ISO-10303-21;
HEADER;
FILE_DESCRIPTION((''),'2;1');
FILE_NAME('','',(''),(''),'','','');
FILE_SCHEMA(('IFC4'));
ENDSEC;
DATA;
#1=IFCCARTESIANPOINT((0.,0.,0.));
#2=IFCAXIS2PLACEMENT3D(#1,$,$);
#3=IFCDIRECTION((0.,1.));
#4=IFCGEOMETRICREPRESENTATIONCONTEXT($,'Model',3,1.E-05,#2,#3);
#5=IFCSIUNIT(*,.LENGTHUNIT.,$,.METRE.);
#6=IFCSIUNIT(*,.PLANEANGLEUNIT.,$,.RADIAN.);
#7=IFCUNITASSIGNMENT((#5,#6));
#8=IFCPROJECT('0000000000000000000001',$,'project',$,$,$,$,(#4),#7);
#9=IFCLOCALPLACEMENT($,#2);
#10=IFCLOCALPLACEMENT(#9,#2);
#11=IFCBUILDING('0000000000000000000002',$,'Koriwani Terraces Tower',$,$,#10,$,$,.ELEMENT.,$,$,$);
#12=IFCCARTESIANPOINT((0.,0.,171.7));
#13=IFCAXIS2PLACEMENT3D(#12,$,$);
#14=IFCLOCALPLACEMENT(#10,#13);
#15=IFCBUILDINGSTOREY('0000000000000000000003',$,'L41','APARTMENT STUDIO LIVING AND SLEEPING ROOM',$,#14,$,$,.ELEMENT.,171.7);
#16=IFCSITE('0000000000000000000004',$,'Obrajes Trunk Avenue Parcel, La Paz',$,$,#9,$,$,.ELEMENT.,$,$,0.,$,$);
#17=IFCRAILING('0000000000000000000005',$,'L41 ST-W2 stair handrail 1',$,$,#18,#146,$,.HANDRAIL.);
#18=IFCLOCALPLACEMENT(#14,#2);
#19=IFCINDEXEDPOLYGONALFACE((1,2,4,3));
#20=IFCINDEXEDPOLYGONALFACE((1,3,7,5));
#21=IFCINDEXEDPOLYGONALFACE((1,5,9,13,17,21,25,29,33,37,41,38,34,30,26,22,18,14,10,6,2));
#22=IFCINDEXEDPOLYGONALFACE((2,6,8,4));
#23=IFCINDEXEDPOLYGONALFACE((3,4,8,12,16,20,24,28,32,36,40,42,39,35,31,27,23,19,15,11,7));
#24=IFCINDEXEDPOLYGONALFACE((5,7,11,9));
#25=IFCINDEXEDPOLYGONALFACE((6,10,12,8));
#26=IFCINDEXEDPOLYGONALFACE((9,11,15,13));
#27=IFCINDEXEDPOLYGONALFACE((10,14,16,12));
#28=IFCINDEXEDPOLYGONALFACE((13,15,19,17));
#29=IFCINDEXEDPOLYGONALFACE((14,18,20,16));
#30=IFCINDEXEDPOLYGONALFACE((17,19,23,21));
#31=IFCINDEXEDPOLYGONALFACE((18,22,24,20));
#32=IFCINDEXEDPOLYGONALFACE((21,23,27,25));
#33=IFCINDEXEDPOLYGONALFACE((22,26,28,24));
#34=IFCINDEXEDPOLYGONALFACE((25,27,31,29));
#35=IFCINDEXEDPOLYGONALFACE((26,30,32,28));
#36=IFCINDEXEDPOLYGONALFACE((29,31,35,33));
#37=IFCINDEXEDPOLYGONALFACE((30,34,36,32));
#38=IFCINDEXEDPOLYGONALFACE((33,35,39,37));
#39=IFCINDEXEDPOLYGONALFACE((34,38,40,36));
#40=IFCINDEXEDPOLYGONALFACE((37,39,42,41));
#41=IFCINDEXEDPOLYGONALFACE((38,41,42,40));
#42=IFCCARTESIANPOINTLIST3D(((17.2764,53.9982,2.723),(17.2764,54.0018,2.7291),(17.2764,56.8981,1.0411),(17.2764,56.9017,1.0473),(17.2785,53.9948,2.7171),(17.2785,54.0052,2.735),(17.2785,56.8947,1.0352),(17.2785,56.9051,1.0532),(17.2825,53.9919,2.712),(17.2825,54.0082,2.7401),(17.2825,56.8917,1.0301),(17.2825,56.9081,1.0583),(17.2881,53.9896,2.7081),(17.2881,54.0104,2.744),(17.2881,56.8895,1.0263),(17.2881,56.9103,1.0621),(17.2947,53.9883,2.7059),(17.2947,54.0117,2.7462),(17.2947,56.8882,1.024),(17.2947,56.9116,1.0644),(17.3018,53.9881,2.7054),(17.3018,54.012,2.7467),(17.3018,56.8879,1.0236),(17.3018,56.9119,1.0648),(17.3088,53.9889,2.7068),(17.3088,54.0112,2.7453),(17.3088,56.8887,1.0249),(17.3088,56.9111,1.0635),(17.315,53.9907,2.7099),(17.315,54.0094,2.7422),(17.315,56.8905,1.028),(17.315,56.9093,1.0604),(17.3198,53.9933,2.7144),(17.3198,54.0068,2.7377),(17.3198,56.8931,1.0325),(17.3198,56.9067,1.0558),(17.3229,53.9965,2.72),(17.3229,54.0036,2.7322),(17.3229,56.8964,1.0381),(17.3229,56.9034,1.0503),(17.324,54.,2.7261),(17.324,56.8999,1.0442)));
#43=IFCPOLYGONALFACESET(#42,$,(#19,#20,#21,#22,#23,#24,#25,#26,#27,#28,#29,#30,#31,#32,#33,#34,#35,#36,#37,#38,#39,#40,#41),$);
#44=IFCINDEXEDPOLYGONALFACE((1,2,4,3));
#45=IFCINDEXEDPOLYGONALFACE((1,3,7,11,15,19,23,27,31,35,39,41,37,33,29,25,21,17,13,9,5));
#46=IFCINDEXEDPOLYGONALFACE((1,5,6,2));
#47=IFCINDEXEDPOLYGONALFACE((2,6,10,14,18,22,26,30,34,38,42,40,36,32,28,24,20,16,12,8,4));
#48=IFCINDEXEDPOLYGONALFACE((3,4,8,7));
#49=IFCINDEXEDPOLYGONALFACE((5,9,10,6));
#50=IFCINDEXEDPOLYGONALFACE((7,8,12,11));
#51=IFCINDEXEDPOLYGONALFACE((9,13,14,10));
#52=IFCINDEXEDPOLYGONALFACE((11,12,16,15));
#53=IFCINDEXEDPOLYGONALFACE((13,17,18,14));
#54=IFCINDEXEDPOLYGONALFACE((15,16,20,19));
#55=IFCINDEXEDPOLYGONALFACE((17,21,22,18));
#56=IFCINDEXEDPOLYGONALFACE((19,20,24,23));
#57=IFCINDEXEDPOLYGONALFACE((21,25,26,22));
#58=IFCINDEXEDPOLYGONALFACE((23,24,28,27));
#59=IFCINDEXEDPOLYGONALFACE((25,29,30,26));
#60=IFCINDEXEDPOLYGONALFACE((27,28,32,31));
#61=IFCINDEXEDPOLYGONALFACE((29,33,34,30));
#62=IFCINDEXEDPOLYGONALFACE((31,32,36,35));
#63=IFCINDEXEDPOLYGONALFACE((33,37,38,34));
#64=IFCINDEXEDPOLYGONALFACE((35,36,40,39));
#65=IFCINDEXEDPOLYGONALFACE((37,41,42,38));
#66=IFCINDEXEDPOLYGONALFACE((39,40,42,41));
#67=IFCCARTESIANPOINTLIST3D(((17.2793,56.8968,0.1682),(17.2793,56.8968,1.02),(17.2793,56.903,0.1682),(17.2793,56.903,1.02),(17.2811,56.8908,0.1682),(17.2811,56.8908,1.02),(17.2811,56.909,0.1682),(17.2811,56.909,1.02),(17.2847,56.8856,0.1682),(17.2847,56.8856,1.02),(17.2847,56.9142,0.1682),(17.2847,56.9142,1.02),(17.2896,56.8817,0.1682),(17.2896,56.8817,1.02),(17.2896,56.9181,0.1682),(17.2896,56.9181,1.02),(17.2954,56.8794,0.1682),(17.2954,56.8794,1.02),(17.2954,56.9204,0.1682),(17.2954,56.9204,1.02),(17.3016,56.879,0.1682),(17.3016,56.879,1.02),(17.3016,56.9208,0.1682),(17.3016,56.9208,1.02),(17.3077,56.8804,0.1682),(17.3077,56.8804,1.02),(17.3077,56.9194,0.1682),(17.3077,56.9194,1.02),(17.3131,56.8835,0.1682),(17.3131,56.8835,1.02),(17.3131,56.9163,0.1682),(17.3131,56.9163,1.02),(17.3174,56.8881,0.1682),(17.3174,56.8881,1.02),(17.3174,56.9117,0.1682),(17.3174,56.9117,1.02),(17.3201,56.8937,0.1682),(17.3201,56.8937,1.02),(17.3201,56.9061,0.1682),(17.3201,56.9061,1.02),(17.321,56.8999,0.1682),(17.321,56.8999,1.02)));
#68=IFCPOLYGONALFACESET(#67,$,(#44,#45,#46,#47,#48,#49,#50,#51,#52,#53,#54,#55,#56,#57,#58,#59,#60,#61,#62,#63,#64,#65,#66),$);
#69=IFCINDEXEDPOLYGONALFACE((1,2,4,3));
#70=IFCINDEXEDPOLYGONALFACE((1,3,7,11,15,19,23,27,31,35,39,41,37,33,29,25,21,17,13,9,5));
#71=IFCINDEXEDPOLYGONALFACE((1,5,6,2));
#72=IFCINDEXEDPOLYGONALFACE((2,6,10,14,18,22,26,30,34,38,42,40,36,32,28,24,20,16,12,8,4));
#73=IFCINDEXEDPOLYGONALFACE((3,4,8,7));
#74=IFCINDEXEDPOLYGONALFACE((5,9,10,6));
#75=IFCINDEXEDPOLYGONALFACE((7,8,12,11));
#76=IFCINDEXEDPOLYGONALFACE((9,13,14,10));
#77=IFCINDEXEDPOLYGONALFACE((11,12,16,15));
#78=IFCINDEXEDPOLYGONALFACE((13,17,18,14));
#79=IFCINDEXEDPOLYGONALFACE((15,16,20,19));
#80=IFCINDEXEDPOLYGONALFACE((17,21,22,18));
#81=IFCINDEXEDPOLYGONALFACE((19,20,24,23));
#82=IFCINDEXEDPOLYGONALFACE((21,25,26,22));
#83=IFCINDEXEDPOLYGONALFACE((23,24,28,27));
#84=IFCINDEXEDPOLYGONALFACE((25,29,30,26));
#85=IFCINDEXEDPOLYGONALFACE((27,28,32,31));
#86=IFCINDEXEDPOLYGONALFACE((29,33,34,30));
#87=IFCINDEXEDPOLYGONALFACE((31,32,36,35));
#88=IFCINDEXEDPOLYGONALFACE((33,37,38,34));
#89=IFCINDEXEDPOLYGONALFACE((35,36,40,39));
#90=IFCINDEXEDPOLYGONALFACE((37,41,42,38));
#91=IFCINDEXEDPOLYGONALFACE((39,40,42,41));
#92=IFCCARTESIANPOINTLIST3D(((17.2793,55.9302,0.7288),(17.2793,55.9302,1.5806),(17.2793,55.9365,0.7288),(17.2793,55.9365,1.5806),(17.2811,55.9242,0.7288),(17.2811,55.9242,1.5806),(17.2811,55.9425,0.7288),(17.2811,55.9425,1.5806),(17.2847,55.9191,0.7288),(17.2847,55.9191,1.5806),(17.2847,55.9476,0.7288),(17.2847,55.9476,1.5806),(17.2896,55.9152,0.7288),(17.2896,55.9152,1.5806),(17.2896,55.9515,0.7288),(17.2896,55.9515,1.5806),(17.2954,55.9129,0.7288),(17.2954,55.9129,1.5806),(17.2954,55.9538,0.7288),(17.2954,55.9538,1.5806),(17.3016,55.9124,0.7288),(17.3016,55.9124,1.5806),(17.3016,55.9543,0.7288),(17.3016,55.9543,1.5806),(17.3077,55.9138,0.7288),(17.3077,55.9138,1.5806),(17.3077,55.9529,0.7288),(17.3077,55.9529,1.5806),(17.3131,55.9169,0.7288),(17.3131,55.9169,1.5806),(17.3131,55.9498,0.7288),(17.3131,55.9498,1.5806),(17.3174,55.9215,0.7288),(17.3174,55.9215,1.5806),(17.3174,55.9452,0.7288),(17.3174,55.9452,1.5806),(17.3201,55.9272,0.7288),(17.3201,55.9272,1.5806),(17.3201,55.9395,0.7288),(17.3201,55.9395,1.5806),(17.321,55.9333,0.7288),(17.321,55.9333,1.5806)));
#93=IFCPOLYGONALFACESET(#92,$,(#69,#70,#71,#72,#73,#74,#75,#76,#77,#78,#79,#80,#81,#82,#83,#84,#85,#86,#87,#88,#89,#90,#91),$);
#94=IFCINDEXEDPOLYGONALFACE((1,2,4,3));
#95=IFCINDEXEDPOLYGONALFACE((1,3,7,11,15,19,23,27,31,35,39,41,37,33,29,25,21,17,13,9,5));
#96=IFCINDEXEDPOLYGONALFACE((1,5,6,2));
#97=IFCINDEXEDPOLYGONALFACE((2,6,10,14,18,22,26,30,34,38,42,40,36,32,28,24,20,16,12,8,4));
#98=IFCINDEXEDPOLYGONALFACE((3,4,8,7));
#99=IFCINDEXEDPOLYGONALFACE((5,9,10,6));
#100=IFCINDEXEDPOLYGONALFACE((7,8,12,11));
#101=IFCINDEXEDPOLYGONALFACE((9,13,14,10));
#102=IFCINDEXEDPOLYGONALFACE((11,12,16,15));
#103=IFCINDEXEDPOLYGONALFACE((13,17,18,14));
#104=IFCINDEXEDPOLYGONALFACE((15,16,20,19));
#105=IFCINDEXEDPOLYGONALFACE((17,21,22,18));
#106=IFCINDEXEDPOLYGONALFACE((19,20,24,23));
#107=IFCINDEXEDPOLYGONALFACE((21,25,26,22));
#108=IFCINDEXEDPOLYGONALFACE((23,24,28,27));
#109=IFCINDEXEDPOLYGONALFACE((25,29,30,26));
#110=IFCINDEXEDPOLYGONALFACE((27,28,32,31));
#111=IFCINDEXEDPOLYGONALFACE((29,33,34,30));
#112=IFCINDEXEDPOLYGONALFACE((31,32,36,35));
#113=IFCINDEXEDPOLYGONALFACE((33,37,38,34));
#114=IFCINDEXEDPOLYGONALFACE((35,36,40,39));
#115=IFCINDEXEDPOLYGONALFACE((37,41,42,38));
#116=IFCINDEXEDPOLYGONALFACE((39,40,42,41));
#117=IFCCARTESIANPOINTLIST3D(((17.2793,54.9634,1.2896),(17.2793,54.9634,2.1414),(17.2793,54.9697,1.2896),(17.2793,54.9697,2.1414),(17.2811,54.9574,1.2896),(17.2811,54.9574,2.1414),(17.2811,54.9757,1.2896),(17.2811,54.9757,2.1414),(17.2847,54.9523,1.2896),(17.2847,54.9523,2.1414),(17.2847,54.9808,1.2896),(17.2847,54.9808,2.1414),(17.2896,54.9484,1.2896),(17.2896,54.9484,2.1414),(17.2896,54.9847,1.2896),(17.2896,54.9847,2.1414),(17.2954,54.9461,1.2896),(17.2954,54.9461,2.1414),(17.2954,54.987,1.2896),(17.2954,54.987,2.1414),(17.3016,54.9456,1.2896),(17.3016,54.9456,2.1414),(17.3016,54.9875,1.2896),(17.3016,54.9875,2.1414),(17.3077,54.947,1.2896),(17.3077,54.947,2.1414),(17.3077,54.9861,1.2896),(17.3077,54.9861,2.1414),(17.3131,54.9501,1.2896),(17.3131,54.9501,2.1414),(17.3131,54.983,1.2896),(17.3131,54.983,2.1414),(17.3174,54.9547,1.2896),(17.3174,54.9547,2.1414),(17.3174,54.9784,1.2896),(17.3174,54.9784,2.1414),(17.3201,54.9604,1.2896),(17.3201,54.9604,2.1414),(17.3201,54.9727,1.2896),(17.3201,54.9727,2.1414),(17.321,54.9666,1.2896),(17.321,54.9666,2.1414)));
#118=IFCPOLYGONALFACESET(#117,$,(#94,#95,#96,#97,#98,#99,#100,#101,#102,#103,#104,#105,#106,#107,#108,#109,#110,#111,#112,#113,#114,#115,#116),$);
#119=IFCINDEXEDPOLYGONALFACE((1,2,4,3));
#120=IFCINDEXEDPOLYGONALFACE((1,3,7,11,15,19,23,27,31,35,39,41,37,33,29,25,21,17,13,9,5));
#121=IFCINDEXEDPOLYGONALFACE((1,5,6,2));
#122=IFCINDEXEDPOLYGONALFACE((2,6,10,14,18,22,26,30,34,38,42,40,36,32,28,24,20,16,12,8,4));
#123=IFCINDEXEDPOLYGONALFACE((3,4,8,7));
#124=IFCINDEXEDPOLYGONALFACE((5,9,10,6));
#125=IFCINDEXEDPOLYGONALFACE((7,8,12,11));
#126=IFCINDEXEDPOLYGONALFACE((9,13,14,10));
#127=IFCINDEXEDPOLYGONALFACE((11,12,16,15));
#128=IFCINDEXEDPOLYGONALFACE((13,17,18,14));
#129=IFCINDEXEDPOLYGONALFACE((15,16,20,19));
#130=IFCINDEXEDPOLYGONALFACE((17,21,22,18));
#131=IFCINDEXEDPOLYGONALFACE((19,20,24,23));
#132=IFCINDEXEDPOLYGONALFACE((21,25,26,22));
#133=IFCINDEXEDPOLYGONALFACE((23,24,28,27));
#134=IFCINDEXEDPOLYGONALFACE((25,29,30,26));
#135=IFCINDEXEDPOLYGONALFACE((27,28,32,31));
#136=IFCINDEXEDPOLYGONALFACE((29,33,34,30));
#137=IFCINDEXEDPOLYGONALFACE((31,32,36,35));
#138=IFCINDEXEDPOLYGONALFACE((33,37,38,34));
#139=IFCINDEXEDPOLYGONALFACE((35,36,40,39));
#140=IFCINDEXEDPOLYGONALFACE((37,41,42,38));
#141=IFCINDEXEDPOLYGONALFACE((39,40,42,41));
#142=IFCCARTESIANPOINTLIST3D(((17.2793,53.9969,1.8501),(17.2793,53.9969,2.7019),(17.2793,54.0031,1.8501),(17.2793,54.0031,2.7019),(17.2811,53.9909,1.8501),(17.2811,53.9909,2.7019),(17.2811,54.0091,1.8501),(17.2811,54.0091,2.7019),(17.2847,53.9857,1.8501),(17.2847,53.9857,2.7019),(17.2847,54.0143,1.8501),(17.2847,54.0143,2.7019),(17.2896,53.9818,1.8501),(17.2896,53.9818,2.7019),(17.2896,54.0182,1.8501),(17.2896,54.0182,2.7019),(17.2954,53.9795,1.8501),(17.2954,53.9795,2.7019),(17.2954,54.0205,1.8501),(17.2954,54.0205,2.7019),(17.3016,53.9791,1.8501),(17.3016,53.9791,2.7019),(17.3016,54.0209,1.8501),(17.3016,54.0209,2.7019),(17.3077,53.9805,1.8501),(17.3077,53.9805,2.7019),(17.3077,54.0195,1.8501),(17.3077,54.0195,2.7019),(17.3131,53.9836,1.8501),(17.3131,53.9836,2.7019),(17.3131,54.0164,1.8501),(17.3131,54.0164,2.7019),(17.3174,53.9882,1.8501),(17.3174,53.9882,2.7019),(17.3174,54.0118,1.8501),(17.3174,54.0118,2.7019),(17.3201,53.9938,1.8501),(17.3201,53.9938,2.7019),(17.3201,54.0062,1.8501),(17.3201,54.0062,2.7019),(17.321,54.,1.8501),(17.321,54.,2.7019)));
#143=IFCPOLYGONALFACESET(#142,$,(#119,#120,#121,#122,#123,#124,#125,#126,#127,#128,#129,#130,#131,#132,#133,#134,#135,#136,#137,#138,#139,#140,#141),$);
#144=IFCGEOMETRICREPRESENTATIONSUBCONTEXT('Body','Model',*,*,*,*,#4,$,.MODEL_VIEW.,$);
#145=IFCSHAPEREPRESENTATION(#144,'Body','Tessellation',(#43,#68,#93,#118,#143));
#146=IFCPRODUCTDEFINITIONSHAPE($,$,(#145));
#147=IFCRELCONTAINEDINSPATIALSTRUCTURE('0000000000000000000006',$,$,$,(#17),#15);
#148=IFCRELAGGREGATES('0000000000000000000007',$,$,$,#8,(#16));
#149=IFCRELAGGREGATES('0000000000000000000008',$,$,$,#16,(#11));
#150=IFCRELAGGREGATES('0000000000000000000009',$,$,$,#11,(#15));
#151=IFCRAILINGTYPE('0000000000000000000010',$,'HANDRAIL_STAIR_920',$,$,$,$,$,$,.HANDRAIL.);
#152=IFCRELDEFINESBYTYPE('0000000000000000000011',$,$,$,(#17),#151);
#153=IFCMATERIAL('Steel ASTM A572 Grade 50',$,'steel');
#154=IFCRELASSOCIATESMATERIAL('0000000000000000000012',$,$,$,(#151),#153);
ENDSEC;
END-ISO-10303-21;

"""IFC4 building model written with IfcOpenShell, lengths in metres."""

from ifc_helpers import new_model, si_unit, direction, frame, origin, origin_2d, place, context, subcontext, project, spatial, circle, extrude, material, type_object, element, save


model = new_model("IFC4")

# Units and contexts
model_context = context("Model", 3, precision=1e-05, world=origin(), true_north=direction((0.0, 1.0)))
body_context = subcontext(model_context, "Body", "Model", "MODEL_VIEW")
ifc_project = project(units=[si_unit("LENGTHUNIT", "METRE"), si_unit("PLANEANGLEUNIT", "RADIAN")], contexts=[model_context])

# Site, building, storey
site_placement = place(None, origin())
site = spatial("IfcSite", under=ifc_project, at=site_placement, Name="Obrajes Trunk Avenue Parcel, La Paz", CompositionType="ELEMENT", RefElevation=0.0)
building_placement = place(site_placement, origin())
building = spatial("IfcBuilding", under=site, at=building_placement, Name="Koriwani Terraces Tower", CompositionType="ELEMENT")
storey_placement = place(building_placement, frame((0.0, 0.0, 171.7)))
storey = spatial("IfcBuildingStorey", under=building, at=storey_placement, Name="L41", Description="APARTMENT STUDIO LIVING AND SLEEPING ROOM", CompositionType="ELEMENT", Elevation=171.7)

# Shared definitions
ifc_material_1 = material(Name="Steel ASTM A572 Grade 50", Category="steel")

# Railing
railing_type_1 = type_object("IfcRailingType", Name="HANDRAIL_STAIR_920", PredefinedType="HANDRAIL", material=ifc_material_1)
railing_1_placement = place(storey_placement, frame((17.3, 56.8999, 0.1682)))
element("IfcRailing", 1, at=railing_1_placement, inside=storey, type_object=railing_type_1, Name="L41 ST-W2 stair handrail 1", PredefinedType="HANDRAIL", context=body_context, shape_type="SweptSolid", body=[
    extrude(circle(Radius=0.0239, at=origin_2d()), frame((0.0, 0.0, 0.876), z_axis=(0.0, -0.865039, 0.501705), x_axis=(1.0, 0.0, 0.0)), (0.0, 0.0, 1.0), 3.3523),
    extrude(circle(Radius=0.021, at=origin_2d()), origin(), (0.0, 0.0, 1.0), 0.8518),
    extrude(circle(Radius=0.021, at=origin_2d()), frame((0.0, -0.9666, 0.5605)), (0.0, 0.0, 1.0), 0.8518),
    extrude(circle(Radius=0.021, at=origin_2d()), frame((0.0, -1.9333, 1.1213)), (0.0, 0.0, 1.0), 0.8518),
    extrude(circle(Radius=0.021, at=origin_2d()), frame((0.0, -2.8999, 1.6819)), (0.0, 0.0, 1.0), 0.8518),
])

save(model, "model.ifc")
